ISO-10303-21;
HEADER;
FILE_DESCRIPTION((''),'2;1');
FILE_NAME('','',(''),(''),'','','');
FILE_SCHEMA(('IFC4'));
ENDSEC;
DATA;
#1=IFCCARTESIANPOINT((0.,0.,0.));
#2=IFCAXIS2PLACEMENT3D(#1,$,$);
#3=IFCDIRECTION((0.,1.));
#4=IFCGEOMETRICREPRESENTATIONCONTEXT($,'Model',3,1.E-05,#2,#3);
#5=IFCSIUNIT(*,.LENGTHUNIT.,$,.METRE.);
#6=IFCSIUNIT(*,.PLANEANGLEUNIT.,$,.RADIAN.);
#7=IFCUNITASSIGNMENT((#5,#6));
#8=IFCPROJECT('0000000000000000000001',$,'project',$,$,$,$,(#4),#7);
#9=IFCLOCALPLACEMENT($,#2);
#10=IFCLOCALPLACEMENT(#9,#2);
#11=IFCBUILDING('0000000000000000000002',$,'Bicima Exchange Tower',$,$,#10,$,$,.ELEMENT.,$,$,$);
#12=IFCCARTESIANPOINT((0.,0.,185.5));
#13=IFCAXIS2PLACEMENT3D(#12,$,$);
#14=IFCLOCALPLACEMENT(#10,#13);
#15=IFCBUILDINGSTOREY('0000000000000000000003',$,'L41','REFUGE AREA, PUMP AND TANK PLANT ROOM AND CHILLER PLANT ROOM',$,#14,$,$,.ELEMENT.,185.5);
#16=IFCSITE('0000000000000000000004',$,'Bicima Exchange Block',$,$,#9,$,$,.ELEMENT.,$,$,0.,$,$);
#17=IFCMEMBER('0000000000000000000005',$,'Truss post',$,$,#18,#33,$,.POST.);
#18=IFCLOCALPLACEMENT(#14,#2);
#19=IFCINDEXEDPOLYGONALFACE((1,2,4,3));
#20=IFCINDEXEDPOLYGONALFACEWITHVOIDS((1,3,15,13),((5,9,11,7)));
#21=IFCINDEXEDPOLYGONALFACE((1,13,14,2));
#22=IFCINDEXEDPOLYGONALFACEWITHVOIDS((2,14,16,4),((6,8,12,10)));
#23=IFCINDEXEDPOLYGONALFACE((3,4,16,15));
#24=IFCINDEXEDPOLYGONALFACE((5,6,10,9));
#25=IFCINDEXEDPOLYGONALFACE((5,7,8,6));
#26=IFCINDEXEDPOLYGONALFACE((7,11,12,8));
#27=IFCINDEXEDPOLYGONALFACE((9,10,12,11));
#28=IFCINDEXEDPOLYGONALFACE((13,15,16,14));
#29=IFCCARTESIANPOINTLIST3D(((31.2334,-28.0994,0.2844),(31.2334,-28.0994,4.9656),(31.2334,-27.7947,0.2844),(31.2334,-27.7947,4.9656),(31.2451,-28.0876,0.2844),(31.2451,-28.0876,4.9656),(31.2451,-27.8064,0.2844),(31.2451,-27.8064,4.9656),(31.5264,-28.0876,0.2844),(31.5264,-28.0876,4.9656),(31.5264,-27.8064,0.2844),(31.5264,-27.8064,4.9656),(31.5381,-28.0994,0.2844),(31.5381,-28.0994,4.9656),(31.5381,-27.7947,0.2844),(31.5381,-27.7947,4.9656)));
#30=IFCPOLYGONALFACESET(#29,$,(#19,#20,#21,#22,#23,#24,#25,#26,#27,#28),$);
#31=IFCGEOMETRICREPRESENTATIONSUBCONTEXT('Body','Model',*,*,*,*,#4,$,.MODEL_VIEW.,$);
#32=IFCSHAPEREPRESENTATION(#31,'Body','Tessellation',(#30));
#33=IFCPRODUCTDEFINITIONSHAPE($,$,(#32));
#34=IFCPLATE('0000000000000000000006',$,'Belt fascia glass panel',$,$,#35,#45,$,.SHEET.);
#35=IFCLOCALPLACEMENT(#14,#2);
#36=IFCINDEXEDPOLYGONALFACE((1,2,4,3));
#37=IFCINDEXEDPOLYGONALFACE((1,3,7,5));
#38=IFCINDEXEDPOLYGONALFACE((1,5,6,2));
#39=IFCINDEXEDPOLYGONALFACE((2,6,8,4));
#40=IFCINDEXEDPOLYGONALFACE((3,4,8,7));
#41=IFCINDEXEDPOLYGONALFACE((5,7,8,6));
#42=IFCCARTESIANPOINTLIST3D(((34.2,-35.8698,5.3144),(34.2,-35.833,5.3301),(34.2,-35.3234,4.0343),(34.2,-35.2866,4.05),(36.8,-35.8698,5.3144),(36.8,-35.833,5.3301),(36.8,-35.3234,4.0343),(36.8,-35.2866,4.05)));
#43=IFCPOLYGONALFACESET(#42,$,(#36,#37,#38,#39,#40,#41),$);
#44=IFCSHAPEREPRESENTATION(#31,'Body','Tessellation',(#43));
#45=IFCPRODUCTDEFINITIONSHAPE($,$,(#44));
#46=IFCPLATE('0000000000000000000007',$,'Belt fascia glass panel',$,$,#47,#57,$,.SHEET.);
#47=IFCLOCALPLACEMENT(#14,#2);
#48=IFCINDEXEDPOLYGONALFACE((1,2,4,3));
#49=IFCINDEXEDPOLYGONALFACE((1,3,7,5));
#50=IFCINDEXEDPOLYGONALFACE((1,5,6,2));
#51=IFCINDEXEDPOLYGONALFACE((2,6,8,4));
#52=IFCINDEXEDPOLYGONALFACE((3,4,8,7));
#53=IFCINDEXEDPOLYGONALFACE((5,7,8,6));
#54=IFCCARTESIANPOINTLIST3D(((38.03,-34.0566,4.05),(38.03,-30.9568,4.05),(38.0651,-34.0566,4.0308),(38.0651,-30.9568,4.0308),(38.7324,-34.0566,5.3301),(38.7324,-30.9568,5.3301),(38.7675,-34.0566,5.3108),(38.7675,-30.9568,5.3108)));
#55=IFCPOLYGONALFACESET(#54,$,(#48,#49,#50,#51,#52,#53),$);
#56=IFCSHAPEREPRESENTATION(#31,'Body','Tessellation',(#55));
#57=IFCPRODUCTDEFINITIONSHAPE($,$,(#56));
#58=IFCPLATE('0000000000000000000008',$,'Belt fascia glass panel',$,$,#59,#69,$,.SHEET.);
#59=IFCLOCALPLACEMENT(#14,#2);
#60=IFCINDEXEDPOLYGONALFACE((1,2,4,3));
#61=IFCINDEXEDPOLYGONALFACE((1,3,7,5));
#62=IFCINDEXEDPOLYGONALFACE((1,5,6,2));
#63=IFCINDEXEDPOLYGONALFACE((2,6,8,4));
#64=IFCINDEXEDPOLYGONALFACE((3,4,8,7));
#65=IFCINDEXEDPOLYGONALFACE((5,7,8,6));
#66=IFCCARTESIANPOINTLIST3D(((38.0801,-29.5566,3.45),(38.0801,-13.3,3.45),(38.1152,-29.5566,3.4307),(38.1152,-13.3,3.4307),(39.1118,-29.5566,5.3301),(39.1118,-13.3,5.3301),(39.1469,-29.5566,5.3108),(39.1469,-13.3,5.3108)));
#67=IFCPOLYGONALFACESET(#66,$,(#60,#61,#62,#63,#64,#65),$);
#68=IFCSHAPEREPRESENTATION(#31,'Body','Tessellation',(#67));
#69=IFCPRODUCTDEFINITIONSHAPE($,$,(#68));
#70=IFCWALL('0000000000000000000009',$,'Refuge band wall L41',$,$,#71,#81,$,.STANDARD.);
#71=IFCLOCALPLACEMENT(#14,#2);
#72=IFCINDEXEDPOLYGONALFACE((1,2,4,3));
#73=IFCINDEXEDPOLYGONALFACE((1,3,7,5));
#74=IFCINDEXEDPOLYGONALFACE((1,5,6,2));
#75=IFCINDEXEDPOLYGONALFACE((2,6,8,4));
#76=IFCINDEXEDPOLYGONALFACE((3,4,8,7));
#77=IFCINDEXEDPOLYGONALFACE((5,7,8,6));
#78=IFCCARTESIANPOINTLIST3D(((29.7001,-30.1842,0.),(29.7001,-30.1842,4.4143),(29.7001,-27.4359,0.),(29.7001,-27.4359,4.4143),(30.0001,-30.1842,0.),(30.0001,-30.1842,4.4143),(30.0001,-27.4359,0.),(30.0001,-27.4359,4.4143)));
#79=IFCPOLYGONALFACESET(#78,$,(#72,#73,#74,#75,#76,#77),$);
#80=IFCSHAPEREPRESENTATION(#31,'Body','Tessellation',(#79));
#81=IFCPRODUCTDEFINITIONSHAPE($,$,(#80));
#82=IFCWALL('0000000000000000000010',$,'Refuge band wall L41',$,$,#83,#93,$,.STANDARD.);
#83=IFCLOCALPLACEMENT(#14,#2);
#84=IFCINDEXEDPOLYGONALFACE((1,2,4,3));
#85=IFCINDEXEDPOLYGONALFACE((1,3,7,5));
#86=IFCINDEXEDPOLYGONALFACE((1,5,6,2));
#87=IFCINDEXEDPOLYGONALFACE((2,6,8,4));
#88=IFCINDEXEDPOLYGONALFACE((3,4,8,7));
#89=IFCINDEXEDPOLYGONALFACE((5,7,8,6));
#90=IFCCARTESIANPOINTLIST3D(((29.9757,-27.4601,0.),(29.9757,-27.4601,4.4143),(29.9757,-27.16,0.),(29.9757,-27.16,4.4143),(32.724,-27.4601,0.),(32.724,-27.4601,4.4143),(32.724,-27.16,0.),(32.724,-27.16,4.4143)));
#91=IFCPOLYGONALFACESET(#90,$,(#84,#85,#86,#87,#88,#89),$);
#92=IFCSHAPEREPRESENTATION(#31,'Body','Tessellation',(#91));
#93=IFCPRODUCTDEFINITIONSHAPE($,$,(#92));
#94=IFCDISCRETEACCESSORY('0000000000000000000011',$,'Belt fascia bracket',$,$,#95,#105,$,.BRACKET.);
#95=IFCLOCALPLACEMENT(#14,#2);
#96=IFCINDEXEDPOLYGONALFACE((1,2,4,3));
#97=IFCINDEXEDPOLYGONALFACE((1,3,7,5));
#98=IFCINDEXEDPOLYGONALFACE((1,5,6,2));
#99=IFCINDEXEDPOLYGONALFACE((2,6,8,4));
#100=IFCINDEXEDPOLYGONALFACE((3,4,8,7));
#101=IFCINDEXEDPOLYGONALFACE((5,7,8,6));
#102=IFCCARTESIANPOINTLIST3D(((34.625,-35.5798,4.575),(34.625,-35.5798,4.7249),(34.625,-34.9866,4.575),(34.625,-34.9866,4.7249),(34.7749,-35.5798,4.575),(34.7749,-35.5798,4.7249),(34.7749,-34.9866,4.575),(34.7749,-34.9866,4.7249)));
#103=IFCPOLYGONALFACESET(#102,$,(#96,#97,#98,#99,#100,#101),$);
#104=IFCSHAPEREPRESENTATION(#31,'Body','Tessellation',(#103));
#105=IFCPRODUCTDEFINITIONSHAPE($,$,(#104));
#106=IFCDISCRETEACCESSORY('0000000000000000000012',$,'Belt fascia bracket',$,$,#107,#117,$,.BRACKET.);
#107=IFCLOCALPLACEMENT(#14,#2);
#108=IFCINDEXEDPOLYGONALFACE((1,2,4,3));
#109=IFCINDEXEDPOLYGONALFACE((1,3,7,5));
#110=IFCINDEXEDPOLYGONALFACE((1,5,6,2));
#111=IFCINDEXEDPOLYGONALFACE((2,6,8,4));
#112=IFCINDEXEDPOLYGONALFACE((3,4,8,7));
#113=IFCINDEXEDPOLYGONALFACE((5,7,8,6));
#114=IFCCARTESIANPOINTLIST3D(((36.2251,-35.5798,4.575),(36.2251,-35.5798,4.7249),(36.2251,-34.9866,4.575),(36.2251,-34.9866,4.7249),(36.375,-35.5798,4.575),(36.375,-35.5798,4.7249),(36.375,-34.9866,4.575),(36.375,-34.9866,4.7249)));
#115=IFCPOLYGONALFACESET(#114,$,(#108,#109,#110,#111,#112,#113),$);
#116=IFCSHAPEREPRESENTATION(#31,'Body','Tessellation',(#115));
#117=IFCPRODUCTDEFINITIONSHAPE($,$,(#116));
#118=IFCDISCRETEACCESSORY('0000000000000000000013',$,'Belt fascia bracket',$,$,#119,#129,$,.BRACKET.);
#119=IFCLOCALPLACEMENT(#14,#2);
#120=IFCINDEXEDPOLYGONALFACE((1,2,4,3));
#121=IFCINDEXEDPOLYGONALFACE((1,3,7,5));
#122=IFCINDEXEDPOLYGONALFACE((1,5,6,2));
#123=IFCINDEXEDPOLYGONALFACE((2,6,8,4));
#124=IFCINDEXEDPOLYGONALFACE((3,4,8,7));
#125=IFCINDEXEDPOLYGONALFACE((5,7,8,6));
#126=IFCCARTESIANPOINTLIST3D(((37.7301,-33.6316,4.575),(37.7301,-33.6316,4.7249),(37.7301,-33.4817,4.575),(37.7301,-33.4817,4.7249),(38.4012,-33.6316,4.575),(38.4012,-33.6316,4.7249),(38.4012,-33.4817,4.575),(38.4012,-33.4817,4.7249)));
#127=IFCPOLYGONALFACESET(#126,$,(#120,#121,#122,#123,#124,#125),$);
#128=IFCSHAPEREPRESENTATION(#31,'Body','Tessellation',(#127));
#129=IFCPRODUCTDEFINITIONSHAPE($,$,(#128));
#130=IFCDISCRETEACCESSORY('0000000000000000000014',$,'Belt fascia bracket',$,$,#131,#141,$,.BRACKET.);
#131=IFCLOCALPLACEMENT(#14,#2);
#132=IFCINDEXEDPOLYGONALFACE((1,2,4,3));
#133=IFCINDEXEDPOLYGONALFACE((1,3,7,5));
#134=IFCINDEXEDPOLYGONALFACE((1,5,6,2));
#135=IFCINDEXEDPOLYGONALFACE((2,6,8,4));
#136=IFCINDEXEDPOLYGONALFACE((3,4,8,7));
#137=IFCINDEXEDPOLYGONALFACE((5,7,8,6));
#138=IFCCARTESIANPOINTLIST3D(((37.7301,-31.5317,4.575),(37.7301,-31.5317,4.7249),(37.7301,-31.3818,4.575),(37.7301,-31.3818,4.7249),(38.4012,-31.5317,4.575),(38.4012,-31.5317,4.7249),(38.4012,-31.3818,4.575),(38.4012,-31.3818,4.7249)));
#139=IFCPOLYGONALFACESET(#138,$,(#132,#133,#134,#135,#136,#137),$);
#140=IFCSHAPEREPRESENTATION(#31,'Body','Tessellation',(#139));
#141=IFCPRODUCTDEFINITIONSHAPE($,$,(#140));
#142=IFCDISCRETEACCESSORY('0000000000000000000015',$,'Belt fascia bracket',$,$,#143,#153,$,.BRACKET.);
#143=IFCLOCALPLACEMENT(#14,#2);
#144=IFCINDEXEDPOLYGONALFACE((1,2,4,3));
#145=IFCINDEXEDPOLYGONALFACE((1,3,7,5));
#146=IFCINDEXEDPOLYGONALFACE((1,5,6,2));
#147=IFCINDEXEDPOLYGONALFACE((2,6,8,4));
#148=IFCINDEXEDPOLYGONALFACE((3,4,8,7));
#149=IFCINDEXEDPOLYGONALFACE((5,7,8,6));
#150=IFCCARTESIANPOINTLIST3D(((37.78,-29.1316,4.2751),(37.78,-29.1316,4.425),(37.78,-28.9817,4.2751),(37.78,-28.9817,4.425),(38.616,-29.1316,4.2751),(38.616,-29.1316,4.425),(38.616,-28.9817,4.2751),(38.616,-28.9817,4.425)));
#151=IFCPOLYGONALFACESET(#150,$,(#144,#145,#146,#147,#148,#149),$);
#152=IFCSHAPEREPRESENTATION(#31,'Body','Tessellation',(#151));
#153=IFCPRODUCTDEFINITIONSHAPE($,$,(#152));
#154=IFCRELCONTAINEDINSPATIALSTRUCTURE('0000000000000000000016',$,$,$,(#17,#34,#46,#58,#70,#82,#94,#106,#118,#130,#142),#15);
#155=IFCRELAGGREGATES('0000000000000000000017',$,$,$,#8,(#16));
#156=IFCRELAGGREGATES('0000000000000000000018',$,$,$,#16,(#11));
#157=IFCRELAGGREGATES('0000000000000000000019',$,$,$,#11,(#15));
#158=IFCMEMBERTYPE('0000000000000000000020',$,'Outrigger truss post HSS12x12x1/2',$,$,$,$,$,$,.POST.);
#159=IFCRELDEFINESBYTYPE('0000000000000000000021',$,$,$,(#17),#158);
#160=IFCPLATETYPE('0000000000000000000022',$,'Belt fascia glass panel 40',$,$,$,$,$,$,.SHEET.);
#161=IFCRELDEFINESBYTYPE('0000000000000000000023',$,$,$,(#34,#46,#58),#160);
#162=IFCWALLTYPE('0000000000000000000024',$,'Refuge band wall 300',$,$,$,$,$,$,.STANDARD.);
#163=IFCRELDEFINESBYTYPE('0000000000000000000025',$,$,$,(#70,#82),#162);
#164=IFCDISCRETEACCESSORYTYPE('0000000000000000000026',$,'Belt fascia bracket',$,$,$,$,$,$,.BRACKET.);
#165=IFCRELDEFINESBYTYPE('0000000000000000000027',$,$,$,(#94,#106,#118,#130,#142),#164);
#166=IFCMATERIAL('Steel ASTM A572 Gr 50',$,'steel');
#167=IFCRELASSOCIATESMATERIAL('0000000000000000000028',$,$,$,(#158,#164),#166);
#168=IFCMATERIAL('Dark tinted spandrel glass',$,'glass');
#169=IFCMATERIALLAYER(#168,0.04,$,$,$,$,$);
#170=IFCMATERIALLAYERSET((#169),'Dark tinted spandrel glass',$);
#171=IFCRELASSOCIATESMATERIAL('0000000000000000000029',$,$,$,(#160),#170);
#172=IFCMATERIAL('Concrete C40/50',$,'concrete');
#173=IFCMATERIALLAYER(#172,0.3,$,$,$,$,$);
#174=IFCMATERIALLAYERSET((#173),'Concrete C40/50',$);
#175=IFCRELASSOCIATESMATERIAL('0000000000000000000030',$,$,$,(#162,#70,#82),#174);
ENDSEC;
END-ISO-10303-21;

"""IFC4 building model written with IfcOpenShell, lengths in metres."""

from ifc_helpers import new_model, si_unit, direction, frame, frame_2d, origin, origin_2d, place, context, subcontext, project, spatial, polyline, rectangle, hollow_rectangle, outline, extrude, material, layer, layer_set, layer_usage, material_profile, profile_set, type_object, element, save


model = new_model("IFC4")

# Units and contexts
model_context = context("Model", 3, precision=1e-05, world=origin(), true_north=direction((0.0, 1.0)))
body_context = subcontext(model_context, "Body", "Model", "MODEL_VIEW")
ifc_project = project(units=[si_unit("LENGTHUNIT", "METRE"), si_unit("PLANEANGLEUNIT", "RADIAN")], contexts=[model_context])

# Site, building, storey
site_placement = place(None, origin())
site = spatial("IfcSite", under=ifc_project, at=site_placement, Name="Bicima Exchange Block", CompositionType="ELEMENT", RefElevation=0.0)
building_placement = place(site_placement, origin())
building = spatial("IfcBuilding", under=site, at=building_placement, Name="Bicima Exchange Tower", CompositionType="ELEMENT")
storey_placement = place(building_placement, frame((0.0, 0.0, 185.5)))
storey = spatial("IfcBuildingStorey", under=building, at=storey_placement, Name="L41", Description="REFUGE AREA, PUMP AND TANK PLANT ROOM AND CHILLER PLANT ROOM", CompositionType="ELEMENT", Elevation=185.5)

# Shared definitions
ifc_material_1 = material(Name="Steel ASTM A572 Gr 50", Category="steel")

# Member
ifc_material_profile_1 = material_profile(ifc_material_1, hollow_rectangle(XDim=0.3047, YDim=0.3047, WallThickness=0.0117, at=origin_2d()))
ifc_profile_set_1 = profile_set([ifc_material_profile_1], Name="Steel ASTM A572 Gr 50")
member_type_1 = type_object("IfcMemberType", Name="Outrigger truss post HSS12x12x1/2", PredefinedType="POST", material=ifc_profile_set_1)
member_1_placement = place(storey_placement, frame((31.3857, -27.947, 0.2844), z_axis=(0.0, 0.0, 1.0), x_axis=(1.0, 0.0, 0.0)))
element("IfcMember", 1, at=member_1_placement, inside=storey, type_object=member_type_1, Name="Truss post", PredefinedType="POST", context=body_context, shape_type="SweptSolid", body=[
    extrude(hollow_rectangle(XDim=0.3047, YDim=0.3047, WallThickness=0.0117, at=origin_2d()), origin(), (0.0, 0.0, 1.0), 4.6812),
])

# Plates
ifc_material_2 = material(Name="Dark tinted spandrel glass", Category="glass")
ifc_layer_1 = layer(ifc_material_2, 0.04)
ifc_layer_set_1 = layer_set([ifc_layer_1], Name="Dark tinted spandrel glass")
plate_type = type_object("IfcPlateType", Name="Belt fascia glass panel 40", PredefinedType="SHEET", material=ifc_layer_set_1)
plate_1_placement = place(storey_placement, frame((34.2, -35.2866, 4.05), z_axis=(0.0, 0.919716, 0.392585), x_axis=(1.0, 0.0, 0.0)))
element("IfcPlate", 2, at=plate_1_placement, inside=storey, type_object=plate_type, Name="Belt fascia glass panel", PredefinedType="SHEET", context=body_context, shape_type="SweptSolid", body=[
    extrude(outline(polyline([(0.0, 0.0), (2.6001, 0.0), (2.6001, -1.3918), (0.0, -1.3918), (0.0, 0.0)])), origin(), (0.0, 0.0, -1.0), 0.04),
])
plate_2_placement = place(storey_placement, frame((38.03, -34.0566, 4.05), z_axis=(-0.876685, 0.0, 0.481065), x_axis=(0.0, 1.0, 0.0)))
element("IfcPlate", 3, at=plate_2_placement, inside=storey, type_object=plate_type, Name="Belt fascia glass panel", PredefinedType="SHEET", context=body_context, shape_type="SweptSolid", body=[
    extrude(outline(polyline([(0.0, 0.0), (3.0999, 0.0), (3.0999, -1.4601), (0.0, -1.4601), (0.0, 0.0)])), origin(), (0.0, 0.0, -1.0), 0.04),
])
plate_3_placement = place(storey_placement, frame((38.0801, -29.5566, 3.45), z_axis=(-0.876675, 0.0, 0.481084), x_axis=(0.0, 1.0, 0.0)))
element("IfcPlate", 4, at=plate_3_placement, inside=storey, type_object=plate_type, Name="Belt fascia glass panel", PredefinedType="SHEET", context=body_context, shape_type="SweptSolid", body=[
    extrude(outline(polyline([(0.0, 0.0), (16.2566, 0.0), (16.2566, -2.1446), (0.0, -2.1446), (0.0, 0.0)])), origin(), (0.0, 0.0, -1.0), 0.04),
])

# Walls
ifc_material_3 = material(Name="Concrete C40/50", Category="concrete")
ifc_layer_2 = layer(ifc_material_3, 0.3)
ifc_layer_set_2 = layer_set([ifc_layer_2], Name="Concrete C40/50")
ifc_layer_usage = layer_usage(ifc_layer_set_2, "AXIS2", "POSITIVE", -0.15)
wall_type = type_object("IfcWallType", Name="Refuge band wall 300", PredefinedType="STANDARD", material=ifc_layer_set_2)
for number, where, z_axis, x_axis, name in (
    (5, (29.8501, -30.1841, 0.0), (0.0, 0.0, 1.0), (0.0, 1.0, 0.0), "Refuge band wall L41"),
    (6, (29.9758, -27.3101, 0.0), (0.0, 0.0, 1.0), (1.0, 0.0, 0.0), "Refuge band wall L41"),
):
    element("IfcWall", number, at=place(storey_placement, frame(where, z_axis=z_axis, x_axis=x_axis)), inside=storey, type_object=wall_type, material=ifc_layer_usage, Name=name, PredefinedType="STANDARD", context=body_context, shape_type="SweptSolid", body=[
        extrude(rectangle(XDim=2.7483, YDim=0.3, at=frame_2d((1.374, 0.0))), origin(), (0.0, 0.0, 1.0), 4.4143),
    ])

# Discrete accessories
discrete_accessory_type = type_object("IfcDiscreteAccessoryType", Name="Belt fascia bracket", PredefinedType="BRACKET", material=ifc_material_1)
for number, where, z_axis, x_axis, name in (
    (7, (34.7, -35.2832, 4.575), (0.0, 0.0, 1.0), (1.0, 0.0, 0.0), "Belt fascia bracket"),
    (8, (36.3, -35.2832, 4.575), (0.0, 0.0, 1.0), (1.0, 0.0, 0.0), "Belt fascia bracket"),
):
    element("IfcDiscreteAccessory", number, at=place(storey_placement, frame(where, z_axis=z_axis, x_axis=x_axis)), inside=storey, type_object=discrete_accessory_type, Name=name, PredefinedType="BRACKET", context=body_context, shape_type="SweptSolid", body=[
        extrude(rectangle(XDim=0.1499, YDim=0.5933, at=origin_2d()), origin(), (0.0, 0.0, 1.0), 0.1499),
    ])
for number, where, z_axis, x_axis, name in (
    (9, (38.0657, -33.5566, 4.575), (0.0, 0.0, 1.0), (0.0, 1.0, 0.0), "Belt fascia bracket"),
    (10, (38.0657, -31.4568, 4.575), (0.0, 0.0, 1.0), (0.0, 1.0, 0.0), "Belt fascia bracket"),
):
    element("IfcDiscreteAccessory", number, at=place(storey_placement, frame(where, z_axis=z_axis, x_axis=x_axis)), inside=storey, type_object=discrete_accessory_type, Name=name, PredefinedType="BRACKET", context=body_context, shape_type="SweptSolid", body=[
        extrude(rectangle(XDim=0.1499, YDim=0.6711, at=origin_2d()), origin(), (0.0, 0.0, 1.0), 0.1499),
    ])
discrete_accessory_placement = place(storey_placement, frame((38.198, -29.0566, 4.2751), z_axis=(0.0, 0.0, 1.0), x_axis=(0.0, 1.0, 0.0)))
element("IfcDiscreteAccessory", 11, at=discrete_accessory_placement, inside=storey, type_object=discrete_accessory_type, Name="Belt fascia bracket", PredefinedType="BRACKET", context=body_context, shape_type="SweptSolid", body=[
    extrude(rectangle(XDim=0.1499, YDim=0.8359, at=origin_2d()), origin(), (0.0, 0.0, 1.0), 0.1499),
])

save(model, "model.ifc")
